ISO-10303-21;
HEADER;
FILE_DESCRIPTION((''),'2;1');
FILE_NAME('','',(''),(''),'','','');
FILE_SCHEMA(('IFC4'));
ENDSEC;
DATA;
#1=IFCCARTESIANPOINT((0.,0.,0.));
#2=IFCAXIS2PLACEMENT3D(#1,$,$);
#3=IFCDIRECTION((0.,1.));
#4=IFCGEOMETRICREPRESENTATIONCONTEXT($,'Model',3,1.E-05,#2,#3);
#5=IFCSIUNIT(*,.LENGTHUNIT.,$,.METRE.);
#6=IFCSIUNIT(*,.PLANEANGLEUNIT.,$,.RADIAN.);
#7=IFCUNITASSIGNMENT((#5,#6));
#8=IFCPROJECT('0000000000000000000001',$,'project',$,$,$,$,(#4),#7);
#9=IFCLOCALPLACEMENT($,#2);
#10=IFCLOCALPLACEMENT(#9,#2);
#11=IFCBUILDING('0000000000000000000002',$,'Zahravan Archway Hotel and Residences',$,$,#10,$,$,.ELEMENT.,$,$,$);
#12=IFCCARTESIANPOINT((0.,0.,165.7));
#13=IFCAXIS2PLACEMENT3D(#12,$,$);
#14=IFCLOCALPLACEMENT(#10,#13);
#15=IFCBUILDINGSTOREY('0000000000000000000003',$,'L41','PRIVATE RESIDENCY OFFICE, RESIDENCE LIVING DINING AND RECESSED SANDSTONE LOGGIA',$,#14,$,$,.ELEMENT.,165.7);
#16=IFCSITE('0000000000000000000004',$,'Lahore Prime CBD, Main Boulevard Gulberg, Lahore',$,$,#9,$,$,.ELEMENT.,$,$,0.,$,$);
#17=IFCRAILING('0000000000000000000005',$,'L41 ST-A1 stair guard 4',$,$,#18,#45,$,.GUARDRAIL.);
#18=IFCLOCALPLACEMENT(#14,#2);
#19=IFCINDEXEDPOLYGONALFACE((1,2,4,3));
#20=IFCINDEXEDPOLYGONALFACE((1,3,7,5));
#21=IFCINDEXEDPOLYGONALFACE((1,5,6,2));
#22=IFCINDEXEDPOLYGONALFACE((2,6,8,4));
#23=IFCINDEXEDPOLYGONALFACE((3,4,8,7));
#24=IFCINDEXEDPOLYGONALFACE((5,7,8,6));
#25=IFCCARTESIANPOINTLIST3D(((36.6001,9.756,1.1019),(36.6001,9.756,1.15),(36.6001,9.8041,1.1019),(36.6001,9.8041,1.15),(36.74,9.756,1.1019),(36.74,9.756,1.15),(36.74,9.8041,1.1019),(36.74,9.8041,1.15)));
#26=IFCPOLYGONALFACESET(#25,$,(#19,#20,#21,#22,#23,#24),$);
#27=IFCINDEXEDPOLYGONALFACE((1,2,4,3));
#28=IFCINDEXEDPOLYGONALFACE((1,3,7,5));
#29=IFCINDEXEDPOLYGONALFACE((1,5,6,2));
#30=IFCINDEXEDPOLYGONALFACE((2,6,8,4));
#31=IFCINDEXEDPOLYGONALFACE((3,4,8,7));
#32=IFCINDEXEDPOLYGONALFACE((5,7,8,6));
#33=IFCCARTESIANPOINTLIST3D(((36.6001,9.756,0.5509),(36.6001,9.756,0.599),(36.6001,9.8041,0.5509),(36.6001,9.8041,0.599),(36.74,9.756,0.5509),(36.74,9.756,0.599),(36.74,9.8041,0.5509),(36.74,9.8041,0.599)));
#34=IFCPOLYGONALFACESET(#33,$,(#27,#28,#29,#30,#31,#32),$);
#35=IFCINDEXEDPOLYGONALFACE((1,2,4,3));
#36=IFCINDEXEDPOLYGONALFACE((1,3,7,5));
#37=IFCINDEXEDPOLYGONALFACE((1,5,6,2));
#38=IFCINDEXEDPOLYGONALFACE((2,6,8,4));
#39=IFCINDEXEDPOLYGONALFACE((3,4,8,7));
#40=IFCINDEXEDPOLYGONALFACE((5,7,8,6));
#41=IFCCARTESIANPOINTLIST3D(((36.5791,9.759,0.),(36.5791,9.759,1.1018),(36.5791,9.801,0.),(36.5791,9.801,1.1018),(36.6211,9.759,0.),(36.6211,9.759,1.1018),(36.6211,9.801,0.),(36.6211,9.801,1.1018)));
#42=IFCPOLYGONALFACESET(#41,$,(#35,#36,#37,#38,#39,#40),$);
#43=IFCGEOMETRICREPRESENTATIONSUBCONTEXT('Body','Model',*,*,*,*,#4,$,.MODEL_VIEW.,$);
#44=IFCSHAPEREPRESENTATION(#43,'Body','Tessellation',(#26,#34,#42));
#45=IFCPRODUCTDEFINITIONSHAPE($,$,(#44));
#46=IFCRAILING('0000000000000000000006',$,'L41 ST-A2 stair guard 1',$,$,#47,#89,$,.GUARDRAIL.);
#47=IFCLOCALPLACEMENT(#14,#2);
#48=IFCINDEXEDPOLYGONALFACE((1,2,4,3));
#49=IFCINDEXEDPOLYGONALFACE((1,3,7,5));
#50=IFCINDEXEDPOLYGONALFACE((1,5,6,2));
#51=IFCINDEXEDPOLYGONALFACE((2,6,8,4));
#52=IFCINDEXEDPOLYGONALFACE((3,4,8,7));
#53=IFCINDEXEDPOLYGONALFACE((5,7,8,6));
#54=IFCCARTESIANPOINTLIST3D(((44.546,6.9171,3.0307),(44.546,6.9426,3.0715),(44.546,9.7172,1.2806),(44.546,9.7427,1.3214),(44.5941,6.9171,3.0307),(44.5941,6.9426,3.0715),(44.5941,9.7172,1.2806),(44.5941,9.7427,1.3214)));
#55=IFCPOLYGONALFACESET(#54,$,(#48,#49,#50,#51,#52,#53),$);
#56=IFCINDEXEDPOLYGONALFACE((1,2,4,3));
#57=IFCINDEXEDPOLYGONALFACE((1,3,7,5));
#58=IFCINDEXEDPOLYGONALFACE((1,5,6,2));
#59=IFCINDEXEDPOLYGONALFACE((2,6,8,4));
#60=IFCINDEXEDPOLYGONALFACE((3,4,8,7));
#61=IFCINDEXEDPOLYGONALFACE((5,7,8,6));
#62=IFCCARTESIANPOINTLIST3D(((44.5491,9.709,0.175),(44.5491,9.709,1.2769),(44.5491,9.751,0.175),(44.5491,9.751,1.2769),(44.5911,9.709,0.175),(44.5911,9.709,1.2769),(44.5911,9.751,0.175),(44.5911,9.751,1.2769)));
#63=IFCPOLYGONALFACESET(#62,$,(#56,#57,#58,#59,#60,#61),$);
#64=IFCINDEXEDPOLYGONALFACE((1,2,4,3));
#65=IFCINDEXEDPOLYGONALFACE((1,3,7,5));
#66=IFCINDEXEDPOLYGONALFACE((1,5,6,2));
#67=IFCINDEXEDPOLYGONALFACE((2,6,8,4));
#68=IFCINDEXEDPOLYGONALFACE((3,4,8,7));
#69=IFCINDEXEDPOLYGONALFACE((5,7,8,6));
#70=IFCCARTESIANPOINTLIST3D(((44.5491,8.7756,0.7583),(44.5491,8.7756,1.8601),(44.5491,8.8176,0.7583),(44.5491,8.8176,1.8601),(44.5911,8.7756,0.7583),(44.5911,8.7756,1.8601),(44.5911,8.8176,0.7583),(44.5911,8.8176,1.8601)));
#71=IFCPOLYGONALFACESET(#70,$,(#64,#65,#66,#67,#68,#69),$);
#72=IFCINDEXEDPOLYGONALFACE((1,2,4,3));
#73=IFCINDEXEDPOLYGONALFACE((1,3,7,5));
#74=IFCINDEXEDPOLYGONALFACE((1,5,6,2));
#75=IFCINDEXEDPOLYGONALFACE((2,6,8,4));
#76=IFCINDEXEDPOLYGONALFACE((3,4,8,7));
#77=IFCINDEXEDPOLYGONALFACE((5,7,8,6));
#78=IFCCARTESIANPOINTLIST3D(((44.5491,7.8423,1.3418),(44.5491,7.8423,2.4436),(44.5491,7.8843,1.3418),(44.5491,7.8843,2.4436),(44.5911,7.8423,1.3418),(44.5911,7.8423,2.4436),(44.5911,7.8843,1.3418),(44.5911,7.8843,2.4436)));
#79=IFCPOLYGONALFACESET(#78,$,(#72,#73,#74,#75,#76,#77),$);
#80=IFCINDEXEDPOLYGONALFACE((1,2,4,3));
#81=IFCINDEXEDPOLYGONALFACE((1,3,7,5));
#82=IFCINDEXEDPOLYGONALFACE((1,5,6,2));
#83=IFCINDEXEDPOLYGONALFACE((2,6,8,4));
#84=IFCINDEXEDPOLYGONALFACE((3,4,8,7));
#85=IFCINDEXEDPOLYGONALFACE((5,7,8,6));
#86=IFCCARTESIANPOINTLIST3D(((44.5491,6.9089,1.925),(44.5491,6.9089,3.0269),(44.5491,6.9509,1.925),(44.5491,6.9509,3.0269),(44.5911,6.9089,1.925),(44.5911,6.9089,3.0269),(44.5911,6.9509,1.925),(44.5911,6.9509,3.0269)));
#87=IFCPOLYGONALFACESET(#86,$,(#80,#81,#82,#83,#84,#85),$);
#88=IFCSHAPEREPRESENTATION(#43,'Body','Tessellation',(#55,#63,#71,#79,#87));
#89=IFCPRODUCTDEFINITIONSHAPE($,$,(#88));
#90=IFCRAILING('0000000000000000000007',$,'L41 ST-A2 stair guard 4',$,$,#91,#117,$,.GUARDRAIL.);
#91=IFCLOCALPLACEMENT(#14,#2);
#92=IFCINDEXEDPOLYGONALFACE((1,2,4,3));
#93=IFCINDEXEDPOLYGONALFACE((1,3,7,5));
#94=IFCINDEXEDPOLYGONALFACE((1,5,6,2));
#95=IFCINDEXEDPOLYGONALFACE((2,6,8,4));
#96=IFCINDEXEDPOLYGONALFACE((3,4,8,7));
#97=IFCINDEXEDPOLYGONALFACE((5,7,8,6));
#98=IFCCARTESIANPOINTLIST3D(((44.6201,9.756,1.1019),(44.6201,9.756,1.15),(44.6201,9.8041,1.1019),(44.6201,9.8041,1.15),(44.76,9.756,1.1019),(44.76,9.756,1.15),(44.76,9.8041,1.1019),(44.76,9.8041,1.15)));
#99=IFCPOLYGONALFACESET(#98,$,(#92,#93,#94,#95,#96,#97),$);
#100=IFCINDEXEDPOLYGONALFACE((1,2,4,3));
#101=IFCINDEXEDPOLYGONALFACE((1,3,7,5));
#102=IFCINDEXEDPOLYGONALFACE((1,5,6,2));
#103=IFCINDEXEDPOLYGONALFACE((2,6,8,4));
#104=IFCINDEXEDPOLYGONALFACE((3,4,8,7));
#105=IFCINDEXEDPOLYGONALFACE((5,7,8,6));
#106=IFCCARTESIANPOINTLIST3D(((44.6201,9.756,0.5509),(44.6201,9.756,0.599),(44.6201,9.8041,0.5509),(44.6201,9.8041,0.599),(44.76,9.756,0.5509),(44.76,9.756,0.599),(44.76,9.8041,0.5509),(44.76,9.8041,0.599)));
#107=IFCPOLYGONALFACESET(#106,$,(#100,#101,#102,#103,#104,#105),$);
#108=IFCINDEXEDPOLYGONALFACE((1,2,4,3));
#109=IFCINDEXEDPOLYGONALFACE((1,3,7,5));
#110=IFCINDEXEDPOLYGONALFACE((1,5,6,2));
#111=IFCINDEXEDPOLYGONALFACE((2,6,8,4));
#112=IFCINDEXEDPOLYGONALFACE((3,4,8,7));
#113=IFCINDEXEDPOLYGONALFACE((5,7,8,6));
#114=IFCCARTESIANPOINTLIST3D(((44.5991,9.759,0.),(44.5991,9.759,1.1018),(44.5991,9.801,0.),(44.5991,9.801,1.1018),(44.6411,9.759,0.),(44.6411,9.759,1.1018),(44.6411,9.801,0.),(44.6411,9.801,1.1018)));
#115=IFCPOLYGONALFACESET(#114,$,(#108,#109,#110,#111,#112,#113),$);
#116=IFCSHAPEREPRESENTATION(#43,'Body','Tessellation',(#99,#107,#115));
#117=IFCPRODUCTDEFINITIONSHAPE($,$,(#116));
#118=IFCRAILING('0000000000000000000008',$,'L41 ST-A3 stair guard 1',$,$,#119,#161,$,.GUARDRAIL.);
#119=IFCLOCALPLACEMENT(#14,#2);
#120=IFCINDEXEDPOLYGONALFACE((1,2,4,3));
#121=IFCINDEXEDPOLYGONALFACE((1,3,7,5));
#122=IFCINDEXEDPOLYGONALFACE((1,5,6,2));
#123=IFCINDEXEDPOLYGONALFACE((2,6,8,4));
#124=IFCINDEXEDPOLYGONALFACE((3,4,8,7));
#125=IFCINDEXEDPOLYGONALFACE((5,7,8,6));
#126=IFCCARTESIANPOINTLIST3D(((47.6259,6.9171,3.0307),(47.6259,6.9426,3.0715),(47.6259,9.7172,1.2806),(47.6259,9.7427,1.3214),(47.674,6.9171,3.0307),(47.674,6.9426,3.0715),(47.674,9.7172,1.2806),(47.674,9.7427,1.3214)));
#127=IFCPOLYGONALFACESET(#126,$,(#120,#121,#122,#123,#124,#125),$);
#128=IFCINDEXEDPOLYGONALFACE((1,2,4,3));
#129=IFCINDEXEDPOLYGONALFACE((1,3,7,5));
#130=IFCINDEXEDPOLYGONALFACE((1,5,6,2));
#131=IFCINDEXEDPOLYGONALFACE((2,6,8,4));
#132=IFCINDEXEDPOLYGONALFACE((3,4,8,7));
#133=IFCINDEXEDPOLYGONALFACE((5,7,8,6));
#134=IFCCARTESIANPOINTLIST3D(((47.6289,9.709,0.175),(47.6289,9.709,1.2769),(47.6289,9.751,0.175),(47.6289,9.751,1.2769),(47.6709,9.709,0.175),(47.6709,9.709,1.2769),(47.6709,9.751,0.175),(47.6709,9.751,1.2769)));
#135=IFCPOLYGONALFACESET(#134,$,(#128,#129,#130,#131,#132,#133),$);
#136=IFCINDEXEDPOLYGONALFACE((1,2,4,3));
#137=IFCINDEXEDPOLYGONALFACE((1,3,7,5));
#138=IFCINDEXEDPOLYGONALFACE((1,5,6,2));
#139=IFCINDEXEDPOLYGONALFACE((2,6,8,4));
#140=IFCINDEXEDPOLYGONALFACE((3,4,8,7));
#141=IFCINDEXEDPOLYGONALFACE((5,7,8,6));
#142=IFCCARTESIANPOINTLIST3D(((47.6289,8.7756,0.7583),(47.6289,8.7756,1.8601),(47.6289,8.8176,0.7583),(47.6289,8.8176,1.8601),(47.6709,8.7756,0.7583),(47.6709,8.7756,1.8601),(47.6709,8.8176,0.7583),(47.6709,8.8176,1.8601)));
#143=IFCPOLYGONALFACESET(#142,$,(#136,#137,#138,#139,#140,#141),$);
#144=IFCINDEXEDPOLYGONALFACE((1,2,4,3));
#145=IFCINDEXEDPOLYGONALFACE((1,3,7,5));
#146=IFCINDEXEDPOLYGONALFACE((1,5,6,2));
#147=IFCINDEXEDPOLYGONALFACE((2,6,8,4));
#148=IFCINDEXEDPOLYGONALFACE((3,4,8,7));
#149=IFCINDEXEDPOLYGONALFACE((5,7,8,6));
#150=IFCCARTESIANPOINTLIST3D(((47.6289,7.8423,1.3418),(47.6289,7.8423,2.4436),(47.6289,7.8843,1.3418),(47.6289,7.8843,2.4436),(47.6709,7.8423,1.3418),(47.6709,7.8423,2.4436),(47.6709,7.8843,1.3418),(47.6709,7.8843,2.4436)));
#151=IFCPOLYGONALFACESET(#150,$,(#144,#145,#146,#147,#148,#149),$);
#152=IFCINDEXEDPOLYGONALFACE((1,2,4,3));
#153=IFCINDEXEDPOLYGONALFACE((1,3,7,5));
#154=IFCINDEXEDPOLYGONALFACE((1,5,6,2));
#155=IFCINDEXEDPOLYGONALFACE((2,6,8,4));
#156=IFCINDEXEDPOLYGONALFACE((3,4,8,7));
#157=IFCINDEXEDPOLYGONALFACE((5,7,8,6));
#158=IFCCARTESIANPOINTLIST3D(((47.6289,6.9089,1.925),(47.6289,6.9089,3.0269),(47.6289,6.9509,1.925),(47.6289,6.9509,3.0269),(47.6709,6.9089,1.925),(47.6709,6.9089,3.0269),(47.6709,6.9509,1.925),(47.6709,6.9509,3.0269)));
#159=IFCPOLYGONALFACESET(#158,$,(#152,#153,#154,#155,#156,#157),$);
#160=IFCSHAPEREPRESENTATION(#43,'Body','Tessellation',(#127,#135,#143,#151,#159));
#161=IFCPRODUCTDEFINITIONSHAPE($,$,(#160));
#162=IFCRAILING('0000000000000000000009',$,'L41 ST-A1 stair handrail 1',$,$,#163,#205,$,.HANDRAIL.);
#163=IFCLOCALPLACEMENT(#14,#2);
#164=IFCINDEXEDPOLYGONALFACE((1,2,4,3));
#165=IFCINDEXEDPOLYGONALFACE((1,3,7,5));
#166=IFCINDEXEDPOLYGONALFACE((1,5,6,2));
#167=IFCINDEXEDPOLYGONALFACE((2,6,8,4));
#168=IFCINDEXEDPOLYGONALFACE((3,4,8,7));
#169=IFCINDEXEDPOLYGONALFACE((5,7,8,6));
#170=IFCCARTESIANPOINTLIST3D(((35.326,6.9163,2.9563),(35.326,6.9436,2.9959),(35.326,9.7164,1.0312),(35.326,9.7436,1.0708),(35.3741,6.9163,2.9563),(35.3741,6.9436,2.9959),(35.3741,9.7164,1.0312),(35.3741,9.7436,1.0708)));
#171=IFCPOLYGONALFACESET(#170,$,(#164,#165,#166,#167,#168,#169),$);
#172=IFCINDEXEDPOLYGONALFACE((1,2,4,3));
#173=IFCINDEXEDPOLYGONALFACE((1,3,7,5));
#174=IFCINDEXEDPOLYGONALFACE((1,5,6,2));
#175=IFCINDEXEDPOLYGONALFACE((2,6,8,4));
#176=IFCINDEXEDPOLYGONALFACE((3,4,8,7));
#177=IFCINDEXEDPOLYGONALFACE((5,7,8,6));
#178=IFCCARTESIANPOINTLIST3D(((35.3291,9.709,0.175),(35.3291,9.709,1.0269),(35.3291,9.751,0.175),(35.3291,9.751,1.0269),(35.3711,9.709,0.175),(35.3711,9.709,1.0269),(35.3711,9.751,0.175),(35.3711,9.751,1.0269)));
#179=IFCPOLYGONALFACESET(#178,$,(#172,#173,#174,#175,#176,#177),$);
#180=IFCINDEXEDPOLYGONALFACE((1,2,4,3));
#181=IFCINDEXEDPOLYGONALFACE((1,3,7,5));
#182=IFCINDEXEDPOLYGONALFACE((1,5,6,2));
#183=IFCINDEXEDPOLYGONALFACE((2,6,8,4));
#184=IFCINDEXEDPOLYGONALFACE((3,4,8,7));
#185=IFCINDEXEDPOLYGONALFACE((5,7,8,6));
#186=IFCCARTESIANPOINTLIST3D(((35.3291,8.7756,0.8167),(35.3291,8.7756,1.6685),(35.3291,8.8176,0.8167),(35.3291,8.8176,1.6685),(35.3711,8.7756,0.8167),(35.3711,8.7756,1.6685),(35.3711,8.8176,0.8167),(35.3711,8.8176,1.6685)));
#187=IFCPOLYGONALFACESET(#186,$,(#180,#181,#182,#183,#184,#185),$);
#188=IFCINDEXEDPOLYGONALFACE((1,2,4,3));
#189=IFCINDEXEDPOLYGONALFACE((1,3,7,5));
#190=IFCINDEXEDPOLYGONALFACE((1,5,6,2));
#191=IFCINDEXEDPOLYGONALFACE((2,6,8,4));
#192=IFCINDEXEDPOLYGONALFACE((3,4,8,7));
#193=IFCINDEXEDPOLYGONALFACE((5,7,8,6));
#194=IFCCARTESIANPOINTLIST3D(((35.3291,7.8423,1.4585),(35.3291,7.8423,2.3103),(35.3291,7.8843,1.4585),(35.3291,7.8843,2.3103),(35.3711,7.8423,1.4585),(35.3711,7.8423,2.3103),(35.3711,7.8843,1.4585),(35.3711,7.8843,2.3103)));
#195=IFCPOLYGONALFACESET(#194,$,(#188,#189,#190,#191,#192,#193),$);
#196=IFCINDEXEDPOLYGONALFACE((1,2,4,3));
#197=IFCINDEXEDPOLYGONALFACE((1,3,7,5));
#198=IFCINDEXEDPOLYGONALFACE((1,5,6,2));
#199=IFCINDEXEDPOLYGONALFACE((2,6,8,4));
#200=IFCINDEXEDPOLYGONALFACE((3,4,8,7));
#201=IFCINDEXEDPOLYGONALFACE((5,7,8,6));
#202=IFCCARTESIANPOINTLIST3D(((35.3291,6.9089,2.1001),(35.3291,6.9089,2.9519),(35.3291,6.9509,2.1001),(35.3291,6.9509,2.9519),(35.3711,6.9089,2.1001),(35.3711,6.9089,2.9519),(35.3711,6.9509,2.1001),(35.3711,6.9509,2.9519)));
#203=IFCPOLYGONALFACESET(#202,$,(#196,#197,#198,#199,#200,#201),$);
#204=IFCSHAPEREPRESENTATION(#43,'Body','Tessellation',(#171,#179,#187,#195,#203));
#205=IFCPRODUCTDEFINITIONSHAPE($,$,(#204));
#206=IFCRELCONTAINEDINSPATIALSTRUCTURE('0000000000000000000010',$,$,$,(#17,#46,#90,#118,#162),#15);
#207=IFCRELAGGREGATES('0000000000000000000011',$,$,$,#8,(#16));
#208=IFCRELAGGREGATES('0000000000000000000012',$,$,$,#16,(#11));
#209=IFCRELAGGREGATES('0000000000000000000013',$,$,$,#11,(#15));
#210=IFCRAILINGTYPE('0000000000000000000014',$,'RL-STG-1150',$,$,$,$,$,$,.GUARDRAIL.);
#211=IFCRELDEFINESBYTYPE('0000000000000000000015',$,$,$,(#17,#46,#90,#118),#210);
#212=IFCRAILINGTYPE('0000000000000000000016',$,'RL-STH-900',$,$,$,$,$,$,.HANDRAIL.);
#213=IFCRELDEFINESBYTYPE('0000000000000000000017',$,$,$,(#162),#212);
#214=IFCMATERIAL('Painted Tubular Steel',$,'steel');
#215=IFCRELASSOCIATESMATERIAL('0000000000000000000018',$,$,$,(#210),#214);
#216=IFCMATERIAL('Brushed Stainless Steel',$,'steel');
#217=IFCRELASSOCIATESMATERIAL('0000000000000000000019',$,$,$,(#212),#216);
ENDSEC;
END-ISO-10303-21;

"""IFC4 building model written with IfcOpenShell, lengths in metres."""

from ifc_helpers import new_model, si_unit, direction, frame, origin, origin_2d, place, context, subcontext, project, spatial, rectangle, extrude, material, type_object, element, save


model = new_model("IFC4")

# Units and contexts
model_context = context("Model", 3, precision=1e-05, world=origin(), true_north=direction((0.0, 1.0)))
body_context = subcontext(model_context, "Body", "Model", "MODEL_VIEW")
ifc_project = project(units=[si_unit("LENGTHUNIT", "METRE"), si_unit("PLANEANGLEUNIT", "RADIAN")], contexts=[model_context])

# Site, building, storey
site_placement = place(None, origin())
site = spatial("IfcSite", under=ifc_project, at=site_placement, Name="Lahore Prime CBD, Main Boulevard Gulberg, Lahore", CompositionType="ELEMENT", RefElevation=0.0)
building_placement = place(site_placement, origin())
building = spatial("IfcBuilding", under=site, at=building_placement, Name="Zahravan Archway Hotel and Residences", CompositionType="ELEMENT")
storey_placement = place(building_placement, frame((0.0, 0.0, 165.7)))
storey = spatial("IfcBuildingStorey", under=building, at=storey_placement, Name="L41", Description="PRIVATE RESIDENCY OFFICE, RESIDENCE LIVING DINING AND RECESSED SANDSTONE LOGGIA", CompositionType="ELEMENT", Elevation=165.7)

# Railings
ifc_material_1 = material(Name="Painted Tubular Steel", Category="steel")
railing_type_1 = type_object("IfcRailingType", Name="RL-STG-1150", PredefinedType="GUARDRAIL", material=ifc_material_1)
railing_1_placement = place(storey_placement, frame((36.6001, 9.78, 0.0)))
element("IfcRailing", 1, at=railing_1_placement, inside=storey, type_object=railing_type_1, Name="L41 ST-A1 stair guard 4", PredefinedType="GUARDRAIL", context=body_context, shape_type="SweptSolid", body=[
    extrude(rectangle(XDim=0.0481, YDim=0.0481, at=origin_2d()), frame((0.0, 0.0, 1.126), z_axis=(1.0, 0.0, 0.0), x_axis=(0.0, 1.0, 0.0)), (0.0, 0.0, 1.0), 0.1399),
    extrude(rectangle(XDim=0.0481, YDim=0.0481, at=origin_2d()), frame((0.0, 0.0, 0.575), z_axis=(1.0, 0.0, 0.0), x_axis=(0.0, 1.0, 0.0)), (0.0, 0.0, 1.0), 0.1399),
    extrude(rectangle(XDim=0.042, YDim=0.042, at=origin_2d()), origin(), (0.0, 0.0, 1.0), 1.1018),
])
railing_2_placement = place(storey_placement, frame((44.5701, 9.73, 0.175)))
element("IfcRailing", 2, at=railing_2_placement, inside=storey, type_object=railing_type_1, Name="L41 ST-A2 stair guard 1", PredefinedType="GUARDRAIL", context=body_context, shape_type="SweptSolid", body=[
    extrude(rectangle(XDim=0.0481, YDim=0.0481, at=origin_2d()), frame((0.0, 0.0, 1.126), z_axis=(0.0, -0.848002, 0.529992), x_axis=(1.0, 0.0, 0.0)), (0.0, 0.0, 1.0), 3.302),
    extrude(rectangle(XDim=0.042, YDim=0.042, at=origin_2d()), origin(), (0.0, 0.0, 1.0), 1.1018),
    extrude(rectangle(XDim=0.042, YDim=0.042, at=origin_2d()), frame((0.0, -0.9333, 0.5833)), (0.0, 0.0, 1.0), 1.1018),
    extrude(rectangle(XDim=0.042, YDim=0.042, at=origin_2d()), frame((0.0, -1.8667, 1.1667)), (0.0, 0.0, 1.0), 1.1018),
    extrude(rectangle(XDim=0.042, YDim=0.042, at=origin_2d()), frame((0.0, -2.8, 1.75)), (0.0, 0.0, 1.0), 1.1018),
])
railing_3_placement = place(storey_placement, frame((44.6201, 9.78, 0.0)))
element("IfcRailing", 3, at=railing_3_placement, inside=storey, type_object=railing_type_1, Name="L41 ST-A2 stair guard 4", PredefinedType="GUARDRAIL", context=body_context, shape_type="SweptSolid", body=[
    extrude(rectangle(XDim=0.0481, YDim=0.0481, at=origin_2d()), frame((0.0, 0.0, 1.126), z_axis=(1.0, 0.0, 0.0), x_axis=(0.0, 1.0, 0.0)), (0.0, 0.0, 1.0), 0.1399),
    extrude(rectangle(XDim=0.0481, YDim=0.0481, at=origin_2d()), frame((0.0, 0.0, 0.575), z_axis=(1.0, 0.0, 0.0), x_axis=(0.0, 1.0, 0.0)), (0.0, 0.0, 1.0), 0.1399),
    extrude(rectangle(XDim=0.042, YDim=0.042, at=origin_2d()), origin(), (0.0, 0.0, 1.0), 1.1018),
])
railing_4_placement = place(storey_placement, frame((47.6499, 9.73, 0.175)))
element("IfcRailing", 4, at=railing_4_placement, inside=storey, type_object=railing_type_1, Name="L41 ST-A3 stair guard 1", PredefinedType="GUARDRAIL", context=body_context, shape_type="SweptSolid", body=[
    extrude(rectangle(XDim=0.0481, YDim=0.0481, at=origin_2d()), frame((0.0, 0.0, 1.126), z_axis=(0.0, -0.848002, 0.529992), x_axis=(1.0, 0.0, 0.0)), (0.0, 0.0, 1.0), 3.302),
    extrude(rectangle(XDim=0.042, YDim=0.042, at=origin_2d()), origin(), (0.0, 0.0, 1.0), 1.1018),
    extrude(rectangle(XDim=0.042, YDim=0.042, at=origin_2d()), frame((0.0, -0.9333, 0.5833)), (0.0, 0.0, 1.0), 1.1018),
    extrude(rectangle(XDim=0.042, YDim=0.042, at=origin_2d()), frame((0.0, -1.8667, 1.1667)), (0.0, 0.0, 1.0), 1.1018),
    extrude(rectangle(XDim=0.042, YDim=0.042, at=origin_2d()), frame((0.0, -2.8, 1.75)), (0.0, 0.0, 1.0), 1.1018),
])
ifc_material_2 = material(Name="Brushed Stainless Steel", Category="steel")
railing_type_2 = type_object("IfcRailingType", Name="RL-STH-900", PredefinedType="HANDRAIL", material=ifc_material_2)
for number, where, name in (
    (5, (35.3501, 9.73, 0.175), "L41 ST-A1 stair handrail 1"),
):
    element("IfcRailing", number, at=place(storey_placement, frame(where)), inside=storey, type_object=railing_type_2, Name=name, PredefinedType="HANDRAIL", context=body_context, shape_type="SweptSolid", body=[
        extrude(rectangle(XDim=0.0481, YDim=0.0481, at=origin_2d()), frame((0.0, 0.0, 0.876), z_axis=(0.0, -0.82404, 0.566532), x_axis=(1.0, 0.0, 0.0)), (0.0, 0.0, 1.0), 3.3979),
        extrude(rectangle(XDim=0.042, YDim=0.042, at=origin_2d()), origin(), (0.0, 0.0, 1.0), 0.8518),
        extrude(rectangle(XDim=0.042, YDim=0.042, at=origin_2d()), frame((0.0, -0.9333, 0.6416)), (0.0, 0.0, 1.0), 0.8518),
        extrude(rectangle(XDim=0.042, YDim=0.042, at=origin_2d()), frame((0.0, -1.8667, 1.2834)), (0.0, 0.0, 1.0), 0.8518),
        extrude(rectangle(XDim=0.042, YDim=0.042, at=origin_2d()), frame((0.0, -2.8, 1.925)), (0.0, 0.0, 1.0), 0.8518),
    ])

save(model, "model.ifc")
